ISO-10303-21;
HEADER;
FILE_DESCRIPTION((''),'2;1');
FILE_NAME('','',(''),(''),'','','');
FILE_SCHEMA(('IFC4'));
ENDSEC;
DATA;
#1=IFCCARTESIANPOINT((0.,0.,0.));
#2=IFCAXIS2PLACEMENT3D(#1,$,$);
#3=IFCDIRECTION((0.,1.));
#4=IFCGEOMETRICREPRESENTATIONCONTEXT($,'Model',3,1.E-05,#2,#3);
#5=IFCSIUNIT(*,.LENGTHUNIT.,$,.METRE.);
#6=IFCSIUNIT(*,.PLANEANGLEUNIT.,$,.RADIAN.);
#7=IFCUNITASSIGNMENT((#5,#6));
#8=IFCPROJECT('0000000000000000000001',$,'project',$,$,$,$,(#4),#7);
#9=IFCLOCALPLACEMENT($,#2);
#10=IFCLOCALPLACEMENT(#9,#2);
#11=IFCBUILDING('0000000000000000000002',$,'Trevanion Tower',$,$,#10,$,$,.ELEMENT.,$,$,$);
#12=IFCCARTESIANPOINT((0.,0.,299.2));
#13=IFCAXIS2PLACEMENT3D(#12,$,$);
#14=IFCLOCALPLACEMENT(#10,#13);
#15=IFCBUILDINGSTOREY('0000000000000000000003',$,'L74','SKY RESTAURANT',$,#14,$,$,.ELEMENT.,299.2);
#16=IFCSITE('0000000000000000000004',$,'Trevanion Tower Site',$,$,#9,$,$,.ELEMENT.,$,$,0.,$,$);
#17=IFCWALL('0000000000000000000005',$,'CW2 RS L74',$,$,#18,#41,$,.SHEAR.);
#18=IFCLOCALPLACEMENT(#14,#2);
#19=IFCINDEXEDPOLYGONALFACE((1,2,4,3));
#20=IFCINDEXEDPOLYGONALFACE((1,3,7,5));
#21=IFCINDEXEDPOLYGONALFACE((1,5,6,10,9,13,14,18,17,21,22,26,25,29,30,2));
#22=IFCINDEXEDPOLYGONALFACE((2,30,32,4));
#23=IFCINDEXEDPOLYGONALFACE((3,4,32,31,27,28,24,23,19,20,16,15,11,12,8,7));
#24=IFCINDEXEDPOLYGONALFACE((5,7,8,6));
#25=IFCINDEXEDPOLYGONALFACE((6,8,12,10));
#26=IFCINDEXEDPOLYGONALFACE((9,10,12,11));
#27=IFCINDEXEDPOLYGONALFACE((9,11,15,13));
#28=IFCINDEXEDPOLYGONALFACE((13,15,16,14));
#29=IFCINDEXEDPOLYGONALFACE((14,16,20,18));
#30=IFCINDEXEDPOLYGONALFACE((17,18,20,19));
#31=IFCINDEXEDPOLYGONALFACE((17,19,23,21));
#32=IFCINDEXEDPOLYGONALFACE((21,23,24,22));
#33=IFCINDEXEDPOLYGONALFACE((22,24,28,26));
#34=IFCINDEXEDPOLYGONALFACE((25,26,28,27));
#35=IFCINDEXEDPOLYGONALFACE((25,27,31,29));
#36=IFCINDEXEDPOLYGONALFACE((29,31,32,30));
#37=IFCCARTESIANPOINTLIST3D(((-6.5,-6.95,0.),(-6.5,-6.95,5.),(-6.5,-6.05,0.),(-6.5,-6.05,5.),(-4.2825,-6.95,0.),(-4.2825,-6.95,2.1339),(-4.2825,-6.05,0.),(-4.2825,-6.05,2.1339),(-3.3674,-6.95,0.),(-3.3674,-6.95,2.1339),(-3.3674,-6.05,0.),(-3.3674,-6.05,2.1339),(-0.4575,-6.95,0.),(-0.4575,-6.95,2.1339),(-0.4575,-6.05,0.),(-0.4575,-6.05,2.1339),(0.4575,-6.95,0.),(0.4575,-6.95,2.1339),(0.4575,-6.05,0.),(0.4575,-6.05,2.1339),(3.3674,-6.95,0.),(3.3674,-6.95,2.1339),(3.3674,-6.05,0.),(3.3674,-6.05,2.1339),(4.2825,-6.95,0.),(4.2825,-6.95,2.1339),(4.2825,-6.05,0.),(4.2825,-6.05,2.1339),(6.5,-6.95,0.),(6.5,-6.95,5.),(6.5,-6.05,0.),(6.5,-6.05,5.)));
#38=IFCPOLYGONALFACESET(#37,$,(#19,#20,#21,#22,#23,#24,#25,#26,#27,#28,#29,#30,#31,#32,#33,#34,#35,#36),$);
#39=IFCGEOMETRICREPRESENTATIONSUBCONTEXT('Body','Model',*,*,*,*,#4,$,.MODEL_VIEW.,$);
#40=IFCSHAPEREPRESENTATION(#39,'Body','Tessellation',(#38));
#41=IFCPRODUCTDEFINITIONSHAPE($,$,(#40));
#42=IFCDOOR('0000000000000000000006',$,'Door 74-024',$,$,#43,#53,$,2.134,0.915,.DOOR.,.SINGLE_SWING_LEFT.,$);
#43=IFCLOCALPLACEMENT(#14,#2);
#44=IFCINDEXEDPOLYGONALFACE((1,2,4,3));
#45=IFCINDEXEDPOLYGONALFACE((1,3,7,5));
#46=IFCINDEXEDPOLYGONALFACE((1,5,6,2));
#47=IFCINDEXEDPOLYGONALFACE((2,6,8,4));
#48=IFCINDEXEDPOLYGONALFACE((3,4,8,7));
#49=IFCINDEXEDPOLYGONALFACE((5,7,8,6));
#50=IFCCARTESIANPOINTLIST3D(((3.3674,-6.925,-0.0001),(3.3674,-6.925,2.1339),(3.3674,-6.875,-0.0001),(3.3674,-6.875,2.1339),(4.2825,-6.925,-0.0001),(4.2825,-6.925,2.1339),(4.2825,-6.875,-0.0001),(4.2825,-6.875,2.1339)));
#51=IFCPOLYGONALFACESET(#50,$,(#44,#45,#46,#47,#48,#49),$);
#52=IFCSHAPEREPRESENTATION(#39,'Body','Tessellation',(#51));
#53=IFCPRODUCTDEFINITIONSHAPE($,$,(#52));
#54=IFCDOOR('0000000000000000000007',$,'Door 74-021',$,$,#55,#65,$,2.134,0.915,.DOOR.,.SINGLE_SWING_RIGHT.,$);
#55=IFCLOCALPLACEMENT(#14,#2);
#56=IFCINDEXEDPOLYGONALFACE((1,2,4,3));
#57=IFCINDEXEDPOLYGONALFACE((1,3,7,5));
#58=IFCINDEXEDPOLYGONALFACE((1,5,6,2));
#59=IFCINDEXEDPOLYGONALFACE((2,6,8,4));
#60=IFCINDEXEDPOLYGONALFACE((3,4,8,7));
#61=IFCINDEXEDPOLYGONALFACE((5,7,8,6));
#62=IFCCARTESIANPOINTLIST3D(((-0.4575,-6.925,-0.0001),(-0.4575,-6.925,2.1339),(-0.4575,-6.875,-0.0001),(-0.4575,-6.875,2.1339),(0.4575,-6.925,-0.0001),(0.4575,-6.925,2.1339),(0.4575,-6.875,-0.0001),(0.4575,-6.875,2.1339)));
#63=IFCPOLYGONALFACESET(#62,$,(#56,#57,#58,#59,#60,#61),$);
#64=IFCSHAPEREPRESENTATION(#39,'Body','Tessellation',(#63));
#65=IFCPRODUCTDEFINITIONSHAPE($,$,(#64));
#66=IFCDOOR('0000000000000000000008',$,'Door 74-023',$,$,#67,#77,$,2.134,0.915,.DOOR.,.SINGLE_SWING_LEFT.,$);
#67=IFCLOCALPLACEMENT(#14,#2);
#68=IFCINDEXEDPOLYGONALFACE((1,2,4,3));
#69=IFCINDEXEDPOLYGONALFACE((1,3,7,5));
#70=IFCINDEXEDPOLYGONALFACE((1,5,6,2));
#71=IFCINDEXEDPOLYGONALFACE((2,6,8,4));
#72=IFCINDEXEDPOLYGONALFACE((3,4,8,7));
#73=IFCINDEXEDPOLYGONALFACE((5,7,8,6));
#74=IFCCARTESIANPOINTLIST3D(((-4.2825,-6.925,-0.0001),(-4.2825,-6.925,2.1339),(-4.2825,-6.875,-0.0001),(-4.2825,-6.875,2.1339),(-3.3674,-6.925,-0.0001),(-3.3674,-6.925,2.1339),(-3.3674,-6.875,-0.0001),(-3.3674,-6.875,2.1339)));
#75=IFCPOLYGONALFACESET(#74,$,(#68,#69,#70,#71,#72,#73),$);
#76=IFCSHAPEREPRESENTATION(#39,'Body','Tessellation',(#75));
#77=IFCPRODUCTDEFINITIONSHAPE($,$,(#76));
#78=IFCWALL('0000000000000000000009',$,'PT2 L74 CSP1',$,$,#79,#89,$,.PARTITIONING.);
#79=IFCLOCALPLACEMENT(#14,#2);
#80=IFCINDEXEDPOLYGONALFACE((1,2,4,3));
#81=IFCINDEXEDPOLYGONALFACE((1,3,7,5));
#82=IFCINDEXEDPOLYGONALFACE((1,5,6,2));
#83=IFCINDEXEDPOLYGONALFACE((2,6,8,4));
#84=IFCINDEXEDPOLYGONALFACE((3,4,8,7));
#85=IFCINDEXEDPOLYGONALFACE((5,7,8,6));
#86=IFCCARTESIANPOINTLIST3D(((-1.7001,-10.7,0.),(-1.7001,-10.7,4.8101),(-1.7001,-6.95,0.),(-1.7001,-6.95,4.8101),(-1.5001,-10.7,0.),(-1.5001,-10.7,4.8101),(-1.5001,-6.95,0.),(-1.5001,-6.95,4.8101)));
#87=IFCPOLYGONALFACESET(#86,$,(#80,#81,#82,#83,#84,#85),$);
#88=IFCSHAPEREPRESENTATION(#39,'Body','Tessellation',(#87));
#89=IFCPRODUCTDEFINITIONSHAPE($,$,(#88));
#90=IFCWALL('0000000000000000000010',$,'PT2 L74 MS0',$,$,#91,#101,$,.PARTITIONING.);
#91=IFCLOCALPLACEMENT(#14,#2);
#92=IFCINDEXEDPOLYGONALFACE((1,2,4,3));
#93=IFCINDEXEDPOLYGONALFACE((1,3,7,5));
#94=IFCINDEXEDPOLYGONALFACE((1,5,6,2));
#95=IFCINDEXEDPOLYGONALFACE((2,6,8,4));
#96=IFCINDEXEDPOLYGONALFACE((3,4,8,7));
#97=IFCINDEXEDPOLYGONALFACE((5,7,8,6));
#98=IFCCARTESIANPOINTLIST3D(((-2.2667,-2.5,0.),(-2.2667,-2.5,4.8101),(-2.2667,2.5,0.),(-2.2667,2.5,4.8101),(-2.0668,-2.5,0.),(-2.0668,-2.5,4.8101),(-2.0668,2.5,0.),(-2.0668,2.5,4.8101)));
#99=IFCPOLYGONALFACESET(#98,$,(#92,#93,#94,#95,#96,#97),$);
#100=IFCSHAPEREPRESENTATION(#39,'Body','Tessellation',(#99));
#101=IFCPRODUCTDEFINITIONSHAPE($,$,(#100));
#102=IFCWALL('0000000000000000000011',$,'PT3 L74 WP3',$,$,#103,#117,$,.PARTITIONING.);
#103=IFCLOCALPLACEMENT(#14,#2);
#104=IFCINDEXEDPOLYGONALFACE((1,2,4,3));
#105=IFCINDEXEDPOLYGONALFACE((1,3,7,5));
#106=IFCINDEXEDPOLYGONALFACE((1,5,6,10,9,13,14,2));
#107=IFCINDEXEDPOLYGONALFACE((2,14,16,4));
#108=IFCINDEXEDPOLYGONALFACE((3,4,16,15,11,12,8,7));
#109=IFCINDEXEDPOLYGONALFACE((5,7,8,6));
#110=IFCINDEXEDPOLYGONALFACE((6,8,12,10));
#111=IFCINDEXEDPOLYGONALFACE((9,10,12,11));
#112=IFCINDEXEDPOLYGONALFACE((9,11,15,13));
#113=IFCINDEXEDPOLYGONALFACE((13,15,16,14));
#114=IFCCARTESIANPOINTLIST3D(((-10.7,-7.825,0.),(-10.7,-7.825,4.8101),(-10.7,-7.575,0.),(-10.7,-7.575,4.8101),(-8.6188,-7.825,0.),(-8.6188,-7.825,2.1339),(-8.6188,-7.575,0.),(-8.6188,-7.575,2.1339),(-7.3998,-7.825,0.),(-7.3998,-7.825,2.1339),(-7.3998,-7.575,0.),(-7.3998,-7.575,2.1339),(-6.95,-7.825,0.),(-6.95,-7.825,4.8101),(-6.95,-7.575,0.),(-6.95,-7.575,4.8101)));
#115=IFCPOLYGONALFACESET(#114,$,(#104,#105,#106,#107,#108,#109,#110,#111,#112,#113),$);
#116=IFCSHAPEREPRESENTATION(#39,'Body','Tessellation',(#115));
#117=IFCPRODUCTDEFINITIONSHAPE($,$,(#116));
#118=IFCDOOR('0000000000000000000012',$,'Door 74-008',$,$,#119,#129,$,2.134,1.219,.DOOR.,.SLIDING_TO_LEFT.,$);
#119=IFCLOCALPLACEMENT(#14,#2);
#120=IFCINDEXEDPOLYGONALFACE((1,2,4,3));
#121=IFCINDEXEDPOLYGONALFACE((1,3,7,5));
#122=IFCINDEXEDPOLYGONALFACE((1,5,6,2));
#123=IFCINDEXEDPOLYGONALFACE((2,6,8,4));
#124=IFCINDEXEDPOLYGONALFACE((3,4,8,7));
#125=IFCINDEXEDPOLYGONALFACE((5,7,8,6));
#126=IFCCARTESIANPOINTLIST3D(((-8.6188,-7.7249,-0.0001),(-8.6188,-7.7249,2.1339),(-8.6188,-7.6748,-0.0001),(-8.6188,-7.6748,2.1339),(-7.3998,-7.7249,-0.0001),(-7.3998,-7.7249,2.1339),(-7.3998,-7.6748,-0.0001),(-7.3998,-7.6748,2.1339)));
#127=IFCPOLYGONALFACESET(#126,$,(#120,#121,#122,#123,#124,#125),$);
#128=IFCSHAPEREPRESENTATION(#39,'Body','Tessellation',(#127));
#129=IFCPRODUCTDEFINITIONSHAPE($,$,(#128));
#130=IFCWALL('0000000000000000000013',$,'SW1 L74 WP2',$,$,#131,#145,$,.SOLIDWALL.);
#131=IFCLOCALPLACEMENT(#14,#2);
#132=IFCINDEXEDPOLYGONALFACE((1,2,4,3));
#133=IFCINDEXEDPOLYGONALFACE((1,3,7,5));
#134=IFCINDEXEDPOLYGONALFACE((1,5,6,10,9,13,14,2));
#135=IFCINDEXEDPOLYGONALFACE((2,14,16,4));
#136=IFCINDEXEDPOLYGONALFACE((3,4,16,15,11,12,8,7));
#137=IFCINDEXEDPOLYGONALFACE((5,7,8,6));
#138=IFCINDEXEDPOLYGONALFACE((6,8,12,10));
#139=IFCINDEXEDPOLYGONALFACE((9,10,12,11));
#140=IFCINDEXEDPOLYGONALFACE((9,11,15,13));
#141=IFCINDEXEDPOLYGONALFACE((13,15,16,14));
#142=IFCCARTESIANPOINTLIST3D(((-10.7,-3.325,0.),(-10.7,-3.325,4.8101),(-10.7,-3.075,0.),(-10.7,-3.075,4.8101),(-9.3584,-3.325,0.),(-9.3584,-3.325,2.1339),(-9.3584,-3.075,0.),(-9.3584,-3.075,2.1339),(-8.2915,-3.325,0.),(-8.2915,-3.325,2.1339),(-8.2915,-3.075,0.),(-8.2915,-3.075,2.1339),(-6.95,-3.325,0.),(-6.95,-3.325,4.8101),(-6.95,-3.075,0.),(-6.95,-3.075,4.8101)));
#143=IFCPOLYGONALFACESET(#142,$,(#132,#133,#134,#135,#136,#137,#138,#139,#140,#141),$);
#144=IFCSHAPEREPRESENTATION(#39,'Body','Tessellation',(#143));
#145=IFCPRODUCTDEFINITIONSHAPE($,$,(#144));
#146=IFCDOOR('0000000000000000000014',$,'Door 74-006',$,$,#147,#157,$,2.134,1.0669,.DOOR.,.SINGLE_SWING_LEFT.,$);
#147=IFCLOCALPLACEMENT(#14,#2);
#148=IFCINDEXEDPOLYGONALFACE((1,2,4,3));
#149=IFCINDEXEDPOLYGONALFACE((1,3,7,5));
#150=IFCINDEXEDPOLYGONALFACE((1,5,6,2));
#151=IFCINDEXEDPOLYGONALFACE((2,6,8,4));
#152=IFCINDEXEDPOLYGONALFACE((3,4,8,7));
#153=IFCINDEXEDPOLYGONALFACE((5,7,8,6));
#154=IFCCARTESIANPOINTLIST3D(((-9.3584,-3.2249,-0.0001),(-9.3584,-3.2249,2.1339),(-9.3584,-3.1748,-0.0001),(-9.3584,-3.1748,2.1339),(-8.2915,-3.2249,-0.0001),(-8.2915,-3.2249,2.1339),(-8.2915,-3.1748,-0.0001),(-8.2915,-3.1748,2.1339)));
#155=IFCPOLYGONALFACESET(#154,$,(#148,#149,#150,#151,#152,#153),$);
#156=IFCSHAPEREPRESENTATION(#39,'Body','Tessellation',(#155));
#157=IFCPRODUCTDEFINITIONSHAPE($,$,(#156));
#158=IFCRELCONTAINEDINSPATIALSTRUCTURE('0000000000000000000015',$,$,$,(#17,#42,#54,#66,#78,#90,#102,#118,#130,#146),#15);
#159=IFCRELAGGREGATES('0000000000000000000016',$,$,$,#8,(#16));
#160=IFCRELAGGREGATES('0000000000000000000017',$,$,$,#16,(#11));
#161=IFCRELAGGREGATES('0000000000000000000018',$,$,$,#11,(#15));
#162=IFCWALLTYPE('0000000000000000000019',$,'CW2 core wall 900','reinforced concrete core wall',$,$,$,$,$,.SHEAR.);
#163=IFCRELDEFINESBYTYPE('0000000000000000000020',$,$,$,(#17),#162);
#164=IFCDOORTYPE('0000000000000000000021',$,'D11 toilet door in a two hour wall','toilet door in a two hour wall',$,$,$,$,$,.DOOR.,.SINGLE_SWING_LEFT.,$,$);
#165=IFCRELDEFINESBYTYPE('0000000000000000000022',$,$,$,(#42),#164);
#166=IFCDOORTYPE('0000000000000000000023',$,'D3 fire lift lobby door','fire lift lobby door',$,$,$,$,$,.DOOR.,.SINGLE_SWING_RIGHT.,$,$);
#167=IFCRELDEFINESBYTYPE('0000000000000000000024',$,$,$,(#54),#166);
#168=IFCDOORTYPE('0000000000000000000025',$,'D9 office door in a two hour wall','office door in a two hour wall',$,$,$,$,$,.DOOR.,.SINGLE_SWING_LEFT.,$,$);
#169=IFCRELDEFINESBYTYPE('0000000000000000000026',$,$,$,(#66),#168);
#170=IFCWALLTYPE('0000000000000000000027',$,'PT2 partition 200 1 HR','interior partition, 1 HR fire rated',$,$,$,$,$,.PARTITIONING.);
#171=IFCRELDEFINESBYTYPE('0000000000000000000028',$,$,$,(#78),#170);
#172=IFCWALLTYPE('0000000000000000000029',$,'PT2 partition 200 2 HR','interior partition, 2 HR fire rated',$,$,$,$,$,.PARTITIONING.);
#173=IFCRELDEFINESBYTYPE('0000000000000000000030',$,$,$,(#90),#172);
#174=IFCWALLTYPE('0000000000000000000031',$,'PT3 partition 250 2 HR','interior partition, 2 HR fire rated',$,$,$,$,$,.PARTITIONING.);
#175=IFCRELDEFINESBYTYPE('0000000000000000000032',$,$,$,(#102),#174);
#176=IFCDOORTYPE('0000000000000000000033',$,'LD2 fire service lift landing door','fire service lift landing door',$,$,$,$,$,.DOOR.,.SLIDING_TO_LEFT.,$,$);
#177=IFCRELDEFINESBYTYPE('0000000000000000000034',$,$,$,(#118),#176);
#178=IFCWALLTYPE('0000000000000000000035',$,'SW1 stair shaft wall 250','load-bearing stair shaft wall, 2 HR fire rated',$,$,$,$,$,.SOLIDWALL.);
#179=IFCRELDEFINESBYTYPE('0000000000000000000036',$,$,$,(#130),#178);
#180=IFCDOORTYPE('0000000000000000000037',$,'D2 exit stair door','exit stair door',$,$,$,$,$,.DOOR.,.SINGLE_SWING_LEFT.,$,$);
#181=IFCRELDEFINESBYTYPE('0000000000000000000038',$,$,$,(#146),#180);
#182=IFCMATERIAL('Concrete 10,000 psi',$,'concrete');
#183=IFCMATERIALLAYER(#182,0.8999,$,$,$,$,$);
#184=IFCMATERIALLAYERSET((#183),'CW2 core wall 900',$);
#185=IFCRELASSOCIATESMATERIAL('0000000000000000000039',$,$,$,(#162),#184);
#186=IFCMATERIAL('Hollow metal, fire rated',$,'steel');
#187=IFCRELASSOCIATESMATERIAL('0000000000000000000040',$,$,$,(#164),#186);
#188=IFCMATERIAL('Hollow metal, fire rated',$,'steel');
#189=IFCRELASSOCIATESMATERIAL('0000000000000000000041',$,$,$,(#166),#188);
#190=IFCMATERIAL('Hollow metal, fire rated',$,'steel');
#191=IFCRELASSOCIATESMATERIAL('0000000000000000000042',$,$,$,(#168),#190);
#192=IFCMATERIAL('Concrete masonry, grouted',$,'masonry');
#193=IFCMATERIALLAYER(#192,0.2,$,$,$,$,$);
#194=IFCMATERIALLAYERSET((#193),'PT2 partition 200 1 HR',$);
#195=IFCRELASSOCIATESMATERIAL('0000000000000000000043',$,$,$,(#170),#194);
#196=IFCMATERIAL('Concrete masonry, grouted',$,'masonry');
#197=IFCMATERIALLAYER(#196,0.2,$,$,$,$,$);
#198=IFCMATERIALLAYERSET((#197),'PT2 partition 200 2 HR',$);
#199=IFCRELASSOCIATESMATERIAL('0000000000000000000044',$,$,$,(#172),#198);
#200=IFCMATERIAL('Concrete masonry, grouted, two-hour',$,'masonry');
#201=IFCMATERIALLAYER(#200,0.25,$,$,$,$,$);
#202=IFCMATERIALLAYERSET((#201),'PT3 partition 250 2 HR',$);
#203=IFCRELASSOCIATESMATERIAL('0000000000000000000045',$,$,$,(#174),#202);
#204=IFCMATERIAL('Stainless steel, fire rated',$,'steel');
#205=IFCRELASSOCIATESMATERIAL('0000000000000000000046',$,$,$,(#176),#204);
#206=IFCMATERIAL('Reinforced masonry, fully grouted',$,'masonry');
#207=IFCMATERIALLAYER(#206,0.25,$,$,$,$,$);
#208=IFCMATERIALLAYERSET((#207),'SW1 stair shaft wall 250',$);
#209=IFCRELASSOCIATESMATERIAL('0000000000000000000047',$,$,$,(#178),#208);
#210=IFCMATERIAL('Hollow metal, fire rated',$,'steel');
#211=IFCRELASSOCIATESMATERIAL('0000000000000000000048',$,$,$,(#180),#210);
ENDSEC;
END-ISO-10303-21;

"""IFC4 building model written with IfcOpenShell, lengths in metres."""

from ifc_helpers import new_model, si_unit, direction, frame, frame_2d, origin, place, context, subcontext, project, spatial, rectangle, extrude, material, layer, layer_set, type_object, element, fill, save


model = new_model("IFC4")

# Units and contexts
model_context = context("Model", 3, precision=1e-05, world=origin(), true_north=direction((0.0, 1.0)))
body_context = subcontext(model_context, "Body", "Model", "MODEL_VIEW")
ifc_project = project(units=[si_unit("LENGTHUNIT", "METRE"), si_unit("PLANEANGLEUNIT", "RADIAN")], contexts=[model_context])

# Site, building, storey
site_placement = place(None, origin())
site = spatial("IfcSite", under=ifc_project, at=site_placement, Name="Trevanion Tower Site", CompositionType="ELEMENT", RefElevation=0.0)
building_placement = place(site_placement, origin())
building = spatial("IfcBuilding", under=site, at=building_placement, Name="Trevanion Tower", CompositionType="ELEMENT")
storey_placement = place(building_placement, frame((0.0, 0.0, 299.2)))
storey = spatial("IfcBuildingStorey", under=building, at=storey_placement, Name="L74", Description="SKY RESTAURANT", CompositionType="ELEMENT", Elevation=299.2)

# Shared definitions
ifc_material_1 = material(Name="Concrete 10,000 psi", Category="concrete")
ifc_layer_1 = layer(ifc_material_1, 0.8999)
ifc_layer_set_1 = layer_set([ifc_layer_1], Name="CW2 core wall 900")
wall_type_1 = type_object("IfcWallType", Name="CW2 core wall 900", Description="reinforced concrete core wall", PredefinedType="SHEAR", material=ifc_layer_set_1)

# Wall, openings, doors
wall_1_placement = place(storey_placement, frame((-6.5, -6.5, 0.0), z_axis=(0.0, 0.0, 1.0), x_axis=(1.0, 0.0, 0.0)))
wall_1 = element("IfcWall", 1, at=wall_1_placement, inside=storey, type_object=wall_type_1, Name="CW2 RS L74", PredefinedType="SHEAR", context=body_context, shape_type="SweptSolid", body=[
    extrude(rectangle(XDim=13.0, YDim=0.8999, at=frame_2d((6.5, 0.0))), origin(), (0.0, 0.0, 1.0), 5.0),
])
opening_1_placement = place(wall_1_placement, frame((6.0425, 0.0, 0.0)))
opening_1 = element("IfcOpeningElement", 2, at=opening_1_placement, cuts=wall_1, PredefinedType="OPENING", context=body_context, shape_type="SweptSolid", body=[
    extrude(rectangle(XDim=0.915, YDim=2.134, at=frame_2d((0.4575, 1.0669))), frame((0.0, 0.46, 0.0), z_axis=(0.0, -1.0, 0.0), x_axis=(1.0, 0.0, 0.0)), (0.0, 0.0, 1.0), 0.9199),
])
opening_2_placement = place(wall_1_placement, frame((2.2175, 0.0, 0.0)))
opening_2 = element("IfcOpeningElement", 3, at=opening_2_placement, cuts=wall_1, PredefinedType="OPENING", context=body_context, shape_type="SweptSolid", body=[
    extrude(rectangle(XDim=0.915, YDim=2.134, at=frame_2d((0.4575, 1.0669))), frame((0.0, 0.46, 0.0), z_axis=(0.0, -1.0, 0.0), x_axis=(1.0, 0.0, 0.0)), (0.0, 0.0, 1.0), 0.9199),
])
opening_3_placement = place(wall_1_placement, frame((9.8674, 0.0, 0.0)))
opening_3 = element("IfcOpeningElement", 4, at=opening_3_placement, cuts=wall_1, PredefinedType="OPENING", context=body_context, shape_type="SweptSolid", body=[
    extrude(rectangle(XDim=0.915, YDim=2.134, at=frame_2d((0.4575, 1.0669))), frame((0.0, 0.46, 0.0), z_axis=(0.0, -1.0, 0.0), x_axis=(1.0, 0.0, 0.0)), (0.0, 0.0, 1.0), 0.9199),
])
ifc_material_2 = material(Name="Hollow metal, fire rated", Category="steel")
door_type_1 = type_object("IfcDoorType", Name="D11 toilet door in a two hour wall", Description="toilet door in a two hour wall", OperationType="SINGLE_SWING_LEFT", PredefinedType="DOOR", material=ifc_material_2)
door_1_placement = place(opening_3_placement, origin())
door_1 = element("IfcDoor", 5, at=door_1_placement, inside=storey, type_object=door_type_1, Name="Door 74-024", OperationType="SINGLE_SWING_LEFT", OverallHeight=2.134, OverallWidth=0.915, PredefinedType="DOOR", context=body_context, shape_type="SweptSolid", body=[
    extrude(rectangle(XDim=0.915, YDim=2.134, at=frame_2d((0.4575, 1.0669))), frame((0.0, -0.375, 0.0), z_axis=(0.0, -1.0, 0.0), x_axis=(1.0, 0.0, 0.0)), (0.0, 0.0, 1.0), 0.05),
])
fill(opening_3, door_1)
ifc_material_3 = material(Name="Hollow metal, fire rated", Category="steel")
door_type_2 = type_object("IfcDoorType", Name="D3 fire lift lobby door", Description="fire lift lobby door", OperationType="SINGLE_SWING_RIGHT", PredefinedType="DOOR", material=ifc_material_3)
door_2_placement = place(opening_1_placement, origin())
door_2 = element("IfcDoor", 6, at=door_2_placement, inside=storey, type_object=door_type_2, Name="Door 74-021", OperationType="SINGLE_SWING_RIGHT", OverallHeight=2.134, OverallWidth=0.915, PredefinedType="DOOR", context=body_context, shape_type="SweptSolid", body=[
    extrude(rectangle(XDim=0.915, YDim=2.134, at=frame_2d((0.4575, 1.0669))), frame((0.0, -0.375, 0.0), z_axis=(0.0, -1.0, 0.0), x_axis=(1.0, 0.0, 0.0)), (0.0, 0.0, 1.0), 0.05),
])
fill(opening_1, door_2)
ifc_material_4 = material(Name="Hollow metal, fire rated", Category="steel")
door_type_3 = type_object("IfcDoorType", Name="D9 office door in a two hour wall", Description="office door in a two hour wall", OperationType="SINGLE_SWING_LEFT", PredefinedType="DOOR", material=ifc_material_4)
door_3_placement = place(opening_2_placement, origin())
door_3 = element("IfcDoor", 7, at=door_3_placement, inside=storey, type_object=door_type_3, Name="Door 74-023", OperationType="SINGLE_SWING_LEFT", OverallHeight=2.134, OverallWidth=0.915, PredefinedType="DOOR", context=body_context, shape_type="SweptSolid", body=[
    extrude(rectangle(XDim=0.915, YDim=2.134, at=frame_2d((0.4575, 1.0669))), frame((0.0, -0.375, 0.0), z_axis=(0.0, -1.0, 0.0), x_axis=(1.0, 0.0, 0.0)), (0.0, 0.0, 1.0), 0.05),
])
fill(opening_2, door_3)

# Walls
ifc_material_5 = material(Name="Concrete masonry, grouted", Category="masonry")
ifc_layer_2 = layer(ifc_material_5, 0.2)
ifc_layer_set_2 = layer_set([ifc_layer_2], Name="PT2 partition 200 1 HR")
wall_type_2 = type_object("IfcWallType", Name="PT2 partition 200 1 HR", Description="interior partition, 1 HR fire rated", PredefinedType="PARTITIONING", material=ifc_layer_set_2)
wall_2_placement = place(storey_placement, frame((-1.6001, -6.95, 0.0), z_axis=(0.0, 0.0, 1.0), x_axis=(0.0, -1.0, 0.0)))
element("IfcWall", 8, at=wall_2_placement, inside=storey, type_object=wall_type_2, Name="PT2 L74 CSP1", PredefinedType="PARTITIONING", context=body_context, shape_type="SweptSolid", body=[
    extrude(rectangle(XDim=3.75, YDim=0.2, at=frame_2d((1.875, 0.0))), origin(), (0.0, 0.0, 1.0), 4.8101),
])
ifc_material_6 = material(Name="Concrete masonry, grouted", Category="masonry")
ifc_layer_3 = layer(ifc_material_6, 0.2)
ifc_layer_set_3 = layer_set([ifc_layer_3], Name="PT2 partition 200 2 HR")
wall_type_3 = type_object("IfcWallType", Name="PT2 partition 200 2 HR", Description="interior partition, 2 HR fire rated", PredefinedType="PARTITIONING", material=ifc_layer_set_3)
wall_3_placement = place(storey_placement, frame((-2.1667, -2.5, 0.0), z_axis=(0.0, 0.0, 1.0), x_axis=(0.0, 1.0, 0.0)))
element("IfcWall", 9, at=wall_3_placement, inside=storey, type_object=wall_type_3, Name="PT2 L74 MS0", PredefinedType="PARTITIONING", context=body_context, shape_type="SweptSolid", body=[
    extrude(rectangle(XDim=5.0, YDim=0.2, at=frame_2d((2.5, 0.0))), origin(), (0.0, 0.0, 1.0), 4.8101),
])

# Walls, openings, doors
ifc_material_7 = material(Name="Concrete masonry, grouted, two-hour", Category="masonry")
ifc_layer_4 = layer(ifc_material_7, 0.25)
ifc_layer_set_4 = layer_set([ifc_layer_4], Name="PT3 partition 250 2 HR")
wall_type_4 = type_object("IfcWallType", Name="PT3 partition 250 2 HR", Description="interior partition, 2 HR fire rated", PredefinedType="PARTITIONING", material=ifc_layer_set_4)
wall_4_placement = place(storey_placement, frame((-6.95, -7.7, 0.0), z_axis=(0.0, 0.0, 1.0), x_axis=(-1.0, 0.0, 0.0)))
wall_4 = element("IfcWall", 10, at=wall_4_placement, inside=storey, type_object=wall_type_4, Name="PT3 L74 WP3", PredefinedType="PARTITIONING", context=body_context, shape_type="SweptSolid", body=[
    extrude(rectangle(XDim=3.75, YDim=0.25, at=frame_2d((1.875, 0.0))), origin(), (0.0, 0.0, 1.0), 4.8101),
])
opening_4_placement = place(wall_4_placement, frame((0.45, 0.0, 0.0)))
opening_4 = element("IfcOpeningElement", 11, at=opening_4_placement, cuts=wall_4, PredefinedType="OPENING", context=body_context, shape_type="SweptSolid", body=[
    extrude(rectangle(XDim=1.219, YDim=2.134, at=frame_2d((0.6094, 1.0669))), frame((0.0, 0.135, 0.0), z_axis=(0.0, -1.0, 0.0), x_axis=(1.0, 0.0, 0.0)), (0.0, 0.0, 1.0), 0.27),
])
ifc_material_8 = material(Name="Stainless steel, fire rated", Category="steel")
door_type_4 = type_object("IfcDoorType", Name="LD2 fire service lift landing door", Description="fire service lift landing door", OperationType="SLIDING_TO_LEFT", PredefinedType="DOOR", material=ifc_material_8)
door_4_placement = place(opening_4_placement, origin())
door_4 = element("IfcDoor", 12, at=door_4_placement, inside=storey, type_object=door_type_4, Name="Door 74-008", OperationType="SLIDING_TO_LEFT", OverallHeight=2.134, OverallWidth=1.219, PredefinedType="DOOR", context=body_context, shape_type="SweptSolid", body=[
    extrude(rectangle(XDim=1.219, YDim=2.134, at=frame_2d((0.6094, 1.0669))), frame((0.0, 0.0249, 0.0), z_axis=(0.0, -1.0, 0.0), x_axis=(1.0, 0.0, 0.0)), (0.0, 0.0, 1.0), 0.05),
])
fill(opening_4, door_4)
ifc_material_9 = material(Name="Reinforced masonry, fully grouted", Category="masonry")
ifc_layer_5 = layer(ifc_material_9, 0.25)
ifc_layer_set_5 = layer_set([ifc_layer_5], Name="SW1 stair shaft wall 250")
wall_type_5 = type_object("IfcWallType", Name="SW1 stair shaft wall 250", Description="load-bearing stair shaft wall, 2 HR fire rated", PredefinedType="SOLIDWALL", material=ifc_layer_set_5)
wall_5_placement = place(storey_placement, frame((-6.95, -3.2, 0.0), z_axis=(0.0, 0.0, 1.0), x_axis=(-1.0, 0.0, 0.0)))
wall_5 = element("IfcWall", 13, at=wall_5_placement, inside=storey, type_object=wall_type_5, Name="SW1 L74 WP2", PredefinedType="SOLIDWALL", context=body_context, shape_type="SweptSolid", body=[
    extrude(rectangle(XDim=3.75, YDim=0.25, at=frame_2d((1.875, 0.0))), origin(), (0.0, 0.0, 1.0), 4.8101),
])
opening_5_placement = place(wall_5_placement, frame((1.3416, 0.0, 0.0)))
opening_5 = element("IfcOpeningElement", 14, at=opening_5_placement, cuts=wall_5, PredefinedType="OPENING", context=body_context, shape_type="SweptSolid", body=[
    extrude(rectangle(XDim=1.0669, YDim=2.134, at=frame_2d((0.5334, 1.0669))), frame((0.0, 0.135, 0.0), z_axis=(0.0, -1.0, 0.0), x_axis=(1.0, 0.0, 0.0)), (0.0, 0.0, 1.0), 0.27),
])
ifc_material_10 = material(Name="Hollow metal, fire rated", Category="steel")
door_type_5 = type_object("IfcDoorType", Name="D2 exit stair door", Description="exit stair door", OperationType="SINGLE_SWING_LEFT", PredefinedType="DOOR", material=ifc_material_10)
door_5_placement = place(opening_5_placement, origin())
door_5 = element("IfcDoor", 15, at=door_5_placement, inside=storey, type_object=door_type_5, Name="Door 74-006", OperationType="SINGLE_SWING_LEFT", OverallHeight=2.134, OverallWidth=1.0669, PredefinedType="DOOR", context=body_context, shape_type="SweptSolid", body=[
    extrude(rectangle(XDim=1.0669, YDim=2.134, at=frame_2d((0.5334, 1.0669))), frame((0.0, 0.0249, 0.0), z_axis=(0.0, -1.0, 0.0), x_axis=(1.0, 0.0, 0.0)), (0.0, 0.0, 1.0), 0.05),
])
fill(opening_5, door_5)

save(model, "model.ifc")
